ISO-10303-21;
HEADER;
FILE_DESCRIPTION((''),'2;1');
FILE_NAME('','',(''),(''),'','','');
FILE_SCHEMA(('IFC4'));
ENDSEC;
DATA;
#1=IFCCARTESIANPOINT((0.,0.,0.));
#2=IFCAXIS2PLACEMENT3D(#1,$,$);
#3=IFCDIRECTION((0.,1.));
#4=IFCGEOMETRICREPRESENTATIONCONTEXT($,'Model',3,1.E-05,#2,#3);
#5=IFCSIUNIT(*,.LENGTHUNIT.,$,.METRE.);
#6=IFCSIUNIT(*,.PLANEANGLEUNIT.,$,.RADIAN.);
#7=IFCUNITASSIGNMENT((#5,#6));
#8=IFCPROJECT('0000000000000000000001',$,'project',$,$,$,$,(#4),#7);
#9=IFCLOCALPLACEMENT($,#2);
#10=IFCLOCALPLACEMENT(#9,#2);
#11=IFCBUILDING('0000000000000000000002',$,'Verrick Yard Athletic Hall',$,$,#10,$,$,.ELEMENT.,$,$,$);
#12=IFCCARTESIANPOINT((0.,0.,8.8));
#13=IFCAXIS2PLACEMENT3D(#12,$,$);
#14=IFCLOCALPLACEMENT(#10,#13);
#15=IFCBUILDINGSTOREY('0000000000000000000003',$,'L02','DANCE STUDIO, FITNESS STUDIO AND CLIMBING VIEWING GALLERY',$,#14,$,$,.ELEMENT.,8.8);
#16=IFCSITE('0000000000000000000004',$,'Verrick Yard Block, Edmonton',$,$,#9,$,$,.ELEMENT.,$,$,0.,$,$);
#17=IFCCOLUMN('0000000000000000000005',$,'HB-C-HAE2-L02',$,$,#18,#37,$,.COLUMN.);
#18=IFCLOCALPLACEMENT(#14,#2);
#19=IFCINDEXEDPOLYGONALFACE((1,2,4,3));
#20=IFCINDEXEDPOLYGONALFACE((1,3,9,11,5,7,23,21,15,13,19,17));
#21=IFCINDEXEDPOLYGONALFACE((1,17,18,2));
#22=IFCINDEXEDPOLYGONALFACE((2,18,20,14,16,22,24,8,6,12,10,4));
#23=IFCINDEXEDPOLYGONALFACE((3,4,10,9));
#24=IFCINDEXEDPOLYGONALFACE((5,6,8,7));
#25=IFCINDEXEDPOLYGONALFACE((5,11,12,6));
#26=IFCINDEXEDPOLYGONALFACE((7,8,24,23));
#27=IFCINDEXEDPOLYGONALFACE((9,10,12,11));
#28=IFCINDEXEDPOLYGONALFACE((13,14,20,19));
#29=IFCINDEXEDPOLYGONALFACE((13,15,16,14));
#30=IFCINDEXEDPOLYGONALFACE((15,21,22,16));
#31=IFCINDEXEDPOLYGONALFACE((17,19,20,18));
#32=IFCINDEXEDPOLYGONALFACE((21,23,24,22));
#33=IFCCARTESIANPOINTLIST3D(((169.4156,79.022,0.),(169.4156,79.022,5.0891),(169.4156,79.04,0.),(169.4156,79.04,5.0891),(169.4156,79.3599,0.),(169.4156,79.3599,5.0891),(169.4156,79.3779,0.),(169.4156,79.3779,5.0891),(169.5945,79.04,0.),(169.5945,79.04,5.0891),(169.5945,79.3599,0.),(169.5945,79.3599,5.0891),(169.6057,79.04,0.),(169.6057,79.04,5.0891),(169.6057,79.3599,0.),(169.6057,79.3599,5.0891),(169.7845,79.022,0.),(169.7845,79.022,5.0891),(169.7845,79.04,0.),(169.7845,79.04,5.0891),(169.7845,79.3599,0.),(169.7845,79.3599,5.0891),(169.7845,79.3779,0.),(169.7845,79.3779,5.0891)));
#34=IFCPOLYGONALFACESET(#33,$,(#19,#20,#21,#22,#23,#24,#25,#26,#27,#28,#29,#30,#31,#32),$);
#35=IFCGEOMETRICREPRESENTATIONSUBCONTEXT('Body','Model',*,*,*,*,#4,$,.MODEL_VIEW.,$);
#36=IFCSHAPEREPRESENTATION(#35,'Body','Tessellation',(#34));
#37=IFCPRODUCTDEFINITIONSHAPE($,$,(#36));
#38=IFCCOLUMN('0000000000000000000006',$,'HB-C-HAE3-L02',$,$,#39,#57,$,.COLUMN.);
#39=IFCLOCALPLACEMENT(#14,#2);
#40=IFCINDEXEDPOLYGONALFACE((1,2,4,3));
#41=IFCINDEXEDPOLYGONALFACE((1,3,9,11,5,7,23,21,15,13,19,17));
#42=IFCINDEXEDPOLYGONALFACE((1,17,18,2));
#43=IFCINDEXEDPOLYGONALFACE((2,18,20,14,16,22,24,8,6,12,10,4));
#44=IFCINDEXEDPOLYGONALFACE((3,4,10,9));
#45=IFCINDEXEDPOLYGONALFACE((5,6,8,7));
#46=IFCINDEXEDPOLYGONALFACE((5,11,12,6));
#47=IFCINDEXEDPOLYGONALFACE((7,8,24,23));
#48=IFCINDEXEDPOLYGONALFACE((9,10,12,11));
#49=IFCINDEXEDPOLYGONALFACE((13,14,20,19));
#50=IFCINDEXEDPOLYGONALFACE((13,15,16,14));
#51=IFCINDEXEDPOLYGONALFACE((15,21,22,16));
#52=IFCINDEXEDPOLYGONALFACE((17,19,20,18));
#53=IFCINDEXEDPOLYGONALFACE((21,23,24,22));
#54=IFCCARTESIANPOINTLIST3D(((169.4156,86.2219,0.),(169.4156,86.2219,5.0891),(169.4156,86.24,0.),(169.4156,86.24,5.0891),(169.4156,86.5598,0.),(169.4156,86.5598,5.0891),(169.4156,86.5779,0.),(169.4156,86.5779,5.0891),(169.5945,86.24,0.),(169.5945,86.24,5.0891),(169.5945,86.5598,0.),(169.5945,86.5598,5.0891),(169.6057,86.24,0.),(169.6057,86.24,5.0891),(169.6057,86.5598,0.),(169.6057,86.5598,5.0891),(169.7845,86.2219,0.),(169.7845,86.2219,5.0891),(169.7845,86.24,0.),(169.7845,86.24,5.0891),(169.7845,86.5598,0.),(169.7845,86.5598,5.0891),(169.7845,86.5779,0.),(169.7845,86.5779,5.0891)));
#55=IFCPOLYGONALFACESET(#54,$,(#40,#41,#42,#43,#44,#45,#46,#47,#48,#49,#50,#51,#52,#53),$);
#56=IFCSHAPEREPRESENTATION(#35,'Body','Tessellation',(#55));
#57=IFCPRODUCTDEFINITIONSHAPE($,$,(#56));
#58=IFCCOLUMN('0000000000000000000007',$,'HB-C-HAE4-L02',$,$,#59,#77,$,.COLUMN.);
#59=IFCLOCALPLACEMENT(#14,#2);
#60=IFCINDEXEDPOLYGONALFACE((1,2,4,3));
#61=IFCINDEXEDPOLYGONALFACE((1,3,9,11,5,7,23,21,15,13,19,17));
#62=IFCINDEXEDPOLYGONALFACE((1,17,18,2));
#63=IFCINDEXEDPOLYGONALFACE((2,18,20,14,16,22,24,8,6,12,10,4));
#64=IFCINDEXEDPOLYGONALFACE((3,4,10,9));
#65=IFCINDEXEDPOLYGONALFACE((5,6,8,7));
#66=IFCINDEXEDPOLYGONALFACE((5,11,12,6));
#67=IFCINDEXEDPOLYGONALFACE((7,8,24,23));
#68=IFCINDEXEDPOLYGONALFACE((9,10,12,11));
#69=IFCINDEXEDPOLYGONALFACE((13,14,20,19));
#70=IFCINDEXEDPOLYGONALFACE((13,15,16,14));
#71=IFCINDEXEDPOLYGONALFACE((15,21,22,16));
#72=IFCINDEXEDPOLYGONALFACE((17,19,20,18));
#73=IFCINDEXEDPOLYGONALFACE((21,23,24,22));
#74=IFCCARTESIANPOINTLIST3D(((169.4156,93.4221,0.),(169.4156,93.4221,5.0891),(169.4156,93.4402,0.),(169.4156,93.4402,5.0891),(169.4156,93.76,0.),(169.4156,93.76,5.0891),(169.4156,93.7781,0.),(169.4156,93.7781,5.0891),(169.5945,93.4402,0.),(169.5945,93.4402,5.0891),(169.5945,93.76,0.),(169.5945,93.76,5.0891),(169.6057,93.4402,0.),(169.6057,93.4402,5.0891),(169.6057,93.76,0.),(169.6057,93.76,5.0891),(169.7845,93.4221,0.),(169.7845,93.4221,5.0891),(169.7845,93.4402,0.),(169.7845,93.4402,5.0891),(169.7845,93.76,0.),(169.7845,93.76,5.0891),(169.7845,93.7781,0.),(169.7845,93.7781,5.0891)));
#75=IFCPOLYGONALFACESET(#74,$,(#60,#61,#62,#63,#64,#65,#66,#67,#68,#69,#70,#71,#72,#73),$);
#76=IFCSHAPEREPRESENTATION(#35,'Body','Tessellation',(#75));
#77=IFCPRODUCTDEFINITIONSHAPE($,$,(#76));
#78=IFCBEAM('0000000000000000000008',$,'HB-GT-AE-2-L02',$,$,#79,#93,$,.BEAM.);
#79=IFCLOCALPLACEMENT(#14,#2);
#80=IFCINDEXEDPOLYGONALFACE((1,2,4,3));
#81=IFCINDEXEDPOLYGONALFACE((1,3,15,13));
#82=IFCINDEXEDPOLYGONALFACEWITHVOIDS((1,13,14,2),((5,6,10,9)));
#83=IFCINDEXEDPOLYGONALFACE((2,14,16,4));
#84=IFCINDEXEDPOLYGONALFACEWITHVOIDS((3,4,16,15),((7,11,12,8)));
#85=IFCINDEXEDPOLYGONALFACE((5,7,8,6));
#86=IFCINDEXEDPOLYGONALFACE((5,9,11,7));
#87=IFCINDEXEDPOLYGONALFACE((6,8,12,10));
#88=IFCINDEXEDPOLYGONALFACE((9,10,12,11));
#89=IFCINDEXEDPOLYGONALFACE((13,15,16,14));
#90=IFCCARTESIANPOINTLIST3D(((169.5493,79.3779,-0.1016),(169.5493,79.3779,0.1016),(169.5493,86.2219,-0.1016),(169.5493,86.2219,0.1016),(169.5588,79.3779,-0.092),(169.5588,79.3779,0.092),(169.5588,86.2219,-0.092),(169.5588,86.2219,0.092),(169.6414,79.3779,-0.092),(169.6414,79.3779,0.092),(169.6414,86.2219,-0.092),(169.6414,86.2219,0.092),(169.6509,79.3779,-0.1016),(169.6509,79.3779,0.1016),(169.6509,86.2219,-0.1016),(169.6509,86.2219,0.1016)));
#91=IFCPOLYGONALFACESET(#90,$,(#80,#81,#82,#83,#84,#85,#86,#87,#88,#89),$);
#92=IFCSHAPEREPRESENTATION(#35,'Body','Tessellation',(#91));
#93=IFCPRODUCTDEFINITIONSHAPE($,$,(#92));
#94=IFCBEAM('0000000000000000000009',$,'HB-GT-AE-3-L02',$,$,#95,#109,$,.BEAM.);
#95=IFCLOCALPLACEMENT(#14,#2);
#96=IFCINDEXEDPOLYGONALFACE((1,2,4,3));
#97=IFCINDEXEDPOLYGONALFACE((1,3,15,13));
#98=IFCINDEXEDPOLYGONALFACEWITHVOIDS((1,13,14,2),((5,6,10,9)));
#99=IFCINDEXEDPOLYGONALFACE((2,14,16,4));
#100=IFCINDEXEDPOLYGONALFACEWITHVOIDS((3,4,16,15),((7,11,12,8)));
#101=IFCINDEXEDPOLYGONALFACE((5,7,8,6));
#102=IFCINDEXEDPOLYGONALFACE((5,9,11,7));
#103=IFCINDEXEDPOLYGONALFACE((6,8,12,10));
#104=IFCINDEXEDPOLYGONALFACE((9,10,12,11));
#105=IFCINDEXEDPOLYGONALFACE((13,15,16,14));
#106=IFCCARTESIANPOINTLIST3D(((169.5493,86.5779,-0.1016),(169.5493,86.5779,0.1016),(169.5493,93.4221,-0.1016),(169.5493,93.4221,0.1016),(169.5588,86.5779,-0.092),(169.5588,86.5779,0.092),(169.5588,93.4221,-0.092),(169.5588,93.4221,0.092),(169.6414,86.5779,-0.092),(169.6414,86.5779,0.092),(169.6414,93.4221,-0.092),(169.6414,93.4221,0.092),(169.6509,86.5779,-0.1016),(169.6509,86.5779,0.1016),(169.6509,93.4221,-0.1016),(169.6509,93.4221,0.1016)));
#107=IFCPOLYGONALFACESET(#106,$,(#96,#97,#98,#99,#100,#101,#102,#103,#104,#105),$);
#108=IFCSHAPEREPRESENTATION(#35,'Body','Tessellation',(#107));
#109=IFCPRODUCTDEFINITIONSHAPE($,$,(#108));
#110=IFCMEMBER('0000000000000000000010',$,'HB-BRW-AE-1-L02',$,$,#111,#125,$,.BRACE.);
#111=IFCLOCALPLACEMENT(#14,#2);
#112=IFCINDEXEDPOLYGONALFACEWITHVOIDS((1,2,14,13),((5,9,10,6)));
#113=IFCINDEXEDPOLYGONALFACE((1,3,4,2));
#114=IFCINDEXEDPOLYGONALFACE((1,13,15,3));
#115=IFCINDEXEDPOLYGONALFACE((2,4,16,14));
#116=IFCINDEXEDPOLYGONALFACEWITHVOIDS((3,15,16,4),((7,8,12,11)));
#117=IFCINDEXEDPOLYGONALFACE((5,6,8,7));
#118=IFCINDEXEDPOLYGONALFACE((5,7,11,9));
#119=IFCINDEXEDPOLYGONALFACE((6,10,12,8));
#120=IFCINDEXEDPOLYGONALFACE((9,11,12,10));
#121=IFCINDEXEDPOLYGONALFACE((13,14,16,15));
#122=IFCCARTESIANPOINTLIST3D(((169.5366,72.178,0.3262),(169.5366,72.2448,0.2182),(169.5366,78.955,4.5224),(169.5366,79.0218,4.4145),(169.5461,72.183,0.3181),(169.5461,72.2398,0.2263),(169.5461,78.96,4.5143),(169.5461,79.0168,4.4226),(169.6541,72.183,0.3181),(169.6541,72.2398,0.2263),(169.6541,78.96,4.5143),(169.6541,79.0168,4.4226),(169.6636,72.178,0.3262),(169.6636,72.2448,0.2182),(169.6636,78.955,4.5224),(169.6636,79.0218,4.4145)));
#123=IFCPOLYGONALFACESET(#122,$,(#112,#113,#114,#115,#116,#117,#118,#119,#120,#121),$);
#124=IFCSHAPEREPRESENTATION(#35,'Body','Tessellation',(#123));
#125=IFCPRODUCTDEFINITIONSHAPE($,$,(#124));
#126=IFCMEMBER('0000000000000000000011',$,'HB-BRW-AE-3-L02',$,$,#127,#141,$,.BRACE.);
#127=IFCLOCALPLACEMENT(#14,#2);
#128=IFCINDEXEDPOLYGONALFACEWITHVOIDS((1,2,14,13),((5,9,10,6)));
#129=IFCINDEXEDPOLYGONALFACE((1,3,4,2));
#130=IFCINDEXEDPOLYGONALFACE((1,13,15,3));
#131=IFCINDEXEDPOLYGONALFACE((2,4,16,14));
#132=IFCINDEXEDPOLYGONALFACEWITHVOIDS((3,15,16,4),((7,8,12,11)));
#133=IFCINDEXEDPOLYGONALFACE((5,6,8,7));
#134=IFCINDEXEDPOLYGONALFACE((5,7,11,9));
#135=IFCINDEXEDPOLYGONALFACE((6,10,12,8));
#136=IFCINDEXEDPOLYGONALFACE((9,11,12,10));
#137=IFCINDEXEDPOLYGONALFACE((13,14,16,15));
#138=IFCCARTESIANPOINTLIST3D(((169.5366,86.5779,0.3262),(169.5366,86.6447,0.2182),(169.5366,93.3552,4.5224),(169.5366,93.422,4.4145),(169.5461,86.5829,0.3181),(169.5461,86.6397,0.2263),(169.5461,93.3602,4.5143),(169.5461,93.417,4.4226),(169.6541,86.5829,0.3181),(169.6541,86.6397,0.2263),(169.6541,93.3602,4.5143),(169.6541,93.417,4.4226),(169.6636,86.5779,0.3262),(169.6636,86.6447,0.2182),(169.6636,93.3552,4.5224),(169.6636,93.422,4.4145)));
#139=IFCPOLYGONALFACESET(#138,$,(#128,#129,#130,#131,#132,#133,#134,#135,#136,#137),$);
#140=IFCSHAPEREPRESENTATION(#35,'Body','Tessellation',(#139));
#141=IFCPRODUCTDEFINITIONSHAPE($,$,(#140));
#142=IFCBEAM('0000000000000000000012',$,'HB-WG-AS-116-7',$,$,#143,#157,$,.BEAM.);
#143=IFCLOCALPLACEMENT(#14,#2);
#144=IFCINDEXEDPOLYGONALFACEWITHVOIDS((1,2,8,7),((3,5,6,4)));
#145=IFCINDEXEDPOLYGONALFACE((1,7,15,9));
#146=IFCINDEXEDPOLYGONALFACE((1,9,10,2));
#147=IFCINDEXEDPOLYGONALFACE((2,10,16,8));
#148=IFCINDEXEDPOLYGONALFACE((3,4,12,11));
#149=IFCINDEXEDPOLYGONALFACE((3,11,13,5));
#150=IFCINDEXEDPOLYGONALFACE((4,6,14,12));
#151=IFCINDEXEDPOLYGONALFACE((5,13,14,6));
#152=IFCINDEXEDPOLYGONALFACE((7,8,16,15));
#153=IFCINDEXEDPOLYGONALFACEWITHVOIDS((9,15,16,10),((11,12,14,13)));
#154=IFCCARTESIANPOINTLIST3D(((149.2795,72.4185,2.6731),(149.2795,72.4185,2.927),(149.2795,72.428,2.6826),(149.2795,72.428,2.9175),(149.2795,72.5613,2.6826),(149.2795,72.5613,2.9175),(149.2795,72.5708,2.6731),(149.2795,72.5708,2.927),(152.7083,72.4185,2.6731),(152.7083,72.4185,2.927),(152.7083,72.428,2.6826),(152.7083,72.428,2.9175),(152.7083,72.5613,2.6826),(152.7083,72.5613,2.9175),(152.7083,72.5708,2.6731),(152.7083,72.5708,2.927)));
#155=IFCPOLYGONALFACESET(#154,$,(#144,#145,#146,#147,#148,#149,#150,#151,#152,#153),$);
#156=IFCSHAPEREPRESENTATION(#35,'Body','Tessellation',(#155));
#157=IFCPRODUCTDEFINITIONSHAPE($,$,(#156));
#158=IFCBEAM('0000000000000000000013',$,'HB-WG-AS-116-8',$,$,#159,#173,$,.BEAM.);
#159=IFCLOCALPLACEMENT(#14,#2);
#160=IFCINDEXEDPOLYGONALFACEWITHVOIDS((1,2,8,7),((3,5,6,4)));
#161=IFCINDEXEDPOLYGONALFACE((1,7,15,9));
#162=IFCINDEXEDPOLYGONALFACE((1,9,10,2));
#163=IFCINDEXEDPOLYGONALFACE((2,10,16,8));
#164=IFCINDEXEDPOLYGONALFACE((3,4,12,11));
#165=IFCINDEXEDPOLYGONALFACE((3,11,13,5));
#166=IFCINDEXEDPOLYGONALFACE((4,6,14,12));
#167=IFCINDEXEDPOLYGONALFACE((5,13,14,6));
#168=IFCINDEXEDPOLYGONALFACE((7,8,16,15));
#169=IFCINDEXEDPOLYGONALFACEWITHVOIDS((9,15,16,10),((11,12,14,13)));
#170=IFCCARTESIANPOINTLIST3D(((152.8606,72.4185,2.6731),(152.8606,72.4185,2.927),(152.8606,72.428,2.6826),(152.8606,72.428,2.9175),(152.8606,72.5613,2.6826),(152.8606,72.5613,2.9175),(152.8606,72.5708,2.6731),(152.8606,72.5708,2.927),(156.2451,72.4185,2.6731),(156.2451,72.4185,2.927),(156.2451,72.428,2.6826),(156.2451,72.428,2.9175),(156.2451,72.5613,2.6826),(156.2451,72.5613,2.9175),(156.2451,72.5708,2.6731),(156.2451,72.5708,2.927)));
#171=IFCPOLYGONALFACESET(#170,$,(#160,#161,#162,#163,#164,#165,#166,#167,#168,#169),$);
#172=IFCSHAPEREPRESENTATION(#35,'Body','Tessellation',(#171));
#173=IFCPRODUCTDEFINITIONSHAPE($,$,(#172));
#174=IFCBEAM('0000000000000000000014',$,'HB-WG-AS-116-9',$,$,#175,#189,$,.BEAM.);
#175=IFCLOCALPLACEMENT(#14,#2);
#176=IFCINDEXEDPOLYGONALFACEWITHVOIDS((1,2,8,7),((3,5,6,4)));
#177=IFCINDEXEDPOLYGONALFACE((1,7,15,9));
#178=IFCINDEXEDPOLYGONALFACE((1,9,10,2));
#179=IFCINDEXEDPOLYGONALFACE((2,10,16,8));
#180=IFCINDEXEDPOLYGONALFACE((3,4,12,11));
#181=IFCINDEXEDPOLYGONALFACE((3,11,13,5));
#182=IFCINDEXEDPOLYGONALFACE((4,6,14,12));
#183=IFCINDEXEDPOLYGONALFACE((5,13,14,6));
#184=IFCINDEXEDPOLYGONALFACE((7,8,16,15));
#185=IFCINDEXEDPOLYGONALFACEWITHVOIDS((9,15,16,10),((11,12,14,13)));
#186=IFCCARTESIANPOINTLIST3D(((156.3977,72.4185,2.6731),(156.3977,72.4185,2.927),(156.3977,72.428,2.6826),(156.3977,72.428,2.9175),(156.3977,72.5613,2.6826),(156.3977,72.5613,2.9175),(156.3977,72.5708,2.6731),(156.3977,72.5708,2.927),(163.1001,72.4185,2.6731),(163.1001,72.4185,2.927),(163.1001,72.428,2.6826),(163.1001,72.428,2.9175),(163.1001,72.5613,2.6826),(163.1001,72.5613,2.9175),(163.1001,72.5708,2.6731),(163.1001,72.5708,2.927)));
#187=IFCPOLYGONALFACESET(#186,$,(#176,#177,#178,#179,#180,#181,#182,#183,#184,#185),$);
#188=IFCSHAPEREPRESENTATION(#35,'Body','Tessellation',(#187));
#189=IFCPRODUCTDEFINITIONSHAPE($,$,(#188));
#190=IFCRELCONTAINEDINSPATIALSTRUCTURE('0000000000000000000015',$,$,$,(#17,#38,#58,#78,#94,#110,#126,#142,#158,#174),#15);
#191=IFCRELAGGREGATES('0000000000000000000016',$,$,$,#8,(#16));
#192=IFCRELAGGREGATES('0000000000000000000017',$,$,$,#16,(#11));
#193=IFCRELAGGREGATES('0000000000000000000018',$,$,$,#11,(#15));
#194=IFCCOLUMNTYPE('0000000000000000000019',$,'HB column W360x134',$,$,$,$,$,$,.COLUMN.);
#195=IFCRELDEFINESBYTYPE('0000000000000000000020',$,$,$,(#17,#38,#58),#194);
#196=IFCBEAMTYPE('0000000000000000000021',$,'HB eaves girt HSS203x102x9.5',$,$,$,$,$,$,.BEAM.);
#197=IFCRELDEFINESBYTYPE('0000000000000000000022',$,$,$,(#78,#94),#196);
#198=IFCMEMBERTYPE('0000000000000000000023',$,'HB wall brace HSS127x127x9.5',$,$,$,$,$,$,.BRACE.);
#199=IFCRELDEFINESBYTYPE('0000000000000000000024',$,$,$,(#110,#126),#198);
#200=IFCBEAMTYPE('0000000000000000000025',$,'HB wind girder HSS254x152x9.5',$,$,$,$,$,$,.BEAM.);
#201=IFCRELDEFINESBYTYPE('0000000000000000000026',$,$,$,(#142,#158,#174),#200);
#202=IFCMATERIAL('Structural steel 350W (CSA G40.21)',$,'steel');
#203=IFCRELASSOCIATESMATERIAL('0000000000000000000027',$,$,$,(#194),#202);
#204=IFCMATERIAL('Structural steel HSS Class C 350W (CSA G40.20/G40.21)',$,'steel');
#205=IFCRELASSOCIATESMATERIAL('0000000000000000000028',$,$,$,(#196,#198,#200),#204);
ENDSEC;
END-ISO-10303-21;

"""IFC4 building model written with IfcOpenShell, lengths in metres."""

from ifc_helpers import new_model, si_unit, direction, frame, origin, origin_2d, place, context, subcontext, project, spatial, hollow_rectangle, i_section, extrude, material, material_profile, profile_set, type_object, element, save


model = new_model("IFC4")

# Units and contexts
model_context = context("Model", 3, precision=1e-05, world=origin(), true_north=direction((0.0, 1.0)))
body_context = subcontext(model_context, "Body", "Model", "MODEL_VIEW")
ifc_project = project(units=[si_unit("LENGTHUNIT", "METRE"), si_unit("PLANEANGLEUNIT", "RADIAN")], contexts=[model_context])

# Site, building, storey
site_placement = place(None, origin())
site = spatial("IfcSite", under=ifc_project, at=site_placement, Name="Verrick Yard Block, Edmonton", CompositionType="ELEMENT", RefElevation=0.0)
building_placement = place(site_placement, origin())
building = spatial("IfcBuilding", under=site, at=building_placement, Name="Verrick Yard Athletic Hall", CompositionType="ELEMENT")
storey_placement = place(building_placement, frame((0.0, 0.0, 8.8)))
storey = spatial("IfcBuildingStorey", under=building, at=storey_placement, Name="L02", Description="DANCE STUDIO, FITNESS STUDIO AND CLIMBING VIEWING GALLERY", CompositionType="ELEMENT", Elevation=8.8)

# Columns
ifc_material_1 = material(Name="Structural steel 350W (CSA G40.21)", Category="steel")
ifc_material_profile_1 = material_profile(ifc_material_1, i_section(OverallWidth=0.3689, OverallDepth=0.356, WebThickness=0.0112, FlangeThickness=0.0181, at=origin_2d()), Name="W360x134")
ifc_profile_set_1 = profile_set([ifc_material_profile_1], Name="Structural steel 350W (CSA G40.21)")
column_type = type_object("IfcColumnType", Name="HB column W360x134", PredefinedType="COLUMN", material=ifc_profile_set_1)
for number, where, z_axis, x_axis, name in (
    (1, (169.6001, 79.2, 0.0), (0.0, 0.0, 1.0), (1.0, 0.0, 0.0), "HB-C-HAE2-L02"),
    (2, (169.6001, 86.3999, 0.0), (0.0, 0.0, 1.0), (1.0, 0.0, 0.0), "HB-C-HAE3-L02"),
    (3, (169.6001, 93.6001, 0.0), (0.0, 0.0, 1.0), (1.0, 0.0, 0.0), "HB-C-HAE4-L02"),
):
    element("IfcColumn", number, at=place(storey_placement, frame(where, z_axis=z_axis, x_axis=x_axis)), inside=storey, type_object=column_type, Name=name, PredefinedType="COLUMN", context=body_context, shape_type="SweptSolid", body=[
        extrude(i_section(OverallWidth=0.3689, OverallDepth=0.356, WebThickness=0.0112, FlangeThickness=0.0181, at=origin_2d()), origin(), (0.0, 0.0, 1.0), 5.0891),
    ])

# Beams
ifc_material_2 = material(Name="Structural steel HSS Class C 350W (CSA G40.20/G40.21)", Category="steel")
ifc_material_profile_2 = material_profile(ifc_material_2, hollow_rectangle(XDim=0.1016, YDim=0.2031, WallThickness=0.0095, at=origin_2d()), Name="HSS203x102x9.5")
ifc_profile_set_2 = profile_set([ifc_material_profile_2], Name="Structural steel HSS Class C 350W (CSA G40.20/G40.21)")
beam_type_1 = type_object("IfcBeamType", Name="HB eaves girt HSS203x102x9.5", PredefinedType="BEAM", material=ifc_profile_set_2)
beam_1_placement = place(storey_placement, frame((169.6001, 79.3779, 0.0), z_axis=(0.0, 1.0, 0.0), x_axis=(-1.0, 0.0, 0.0)))
element("IfcBeam", 4, at=beam_1_placement, inside=storey, type_object=beam_type_1, Name="HB-GT-AE-2-L02", PredefinedType="BEAM", context=body_context, shape_type="SweptSolid", body=[
    extrude(hollow_rectangle(XDim=0.1016, YDim=0.2031, WallThickness=0.0095, at=origin_2d()), origin(), (0.0, 0.0, 1.0), 6.844),
])
beam_2_placement = place(storey_placement, frame((169.6001, 86.5779, 0.0), z_axis=(0.0, 1.0, 0.0), x_axis=(-1.0, 0.0, 0.0)))
element("IfcBeam", 5, at=beam_2_placement, inside=storey, type_object=beam_type_1, Name="HB-GT-AE-3-L02", PredefinedType="BEAM", context=body_context, shape_type="SweptSolid", body=[
    extrude(hollow_rectangle(XDim=0.1016, YDim=0.2031, WallThickness=0.0095, at=origin_2d()), origin(), (0.0, 0.0, 1.0), 6.8442),
])

# Members
ifc_material_profile_3 = material_profile(ifc_material_2, hollow_rectangle(XDim=0.127, YDim=0.127, WallThickness=0.0095, at=origin_2d()), Name="HSS127x127x9.5")
ifc_profile_set_3 = profile_set([ifc_material_profile_3], Name="Structural steel HSS Class C 350W (CSA G40.20/G40.21)")
member_type = type_object("IfcMemberType", Name="HB wall brace HSS127x127x9.5", PredefinedType="BRACE", material=ifc_profile_set_3)
member_1_placement = place(storey_placement, frame((169.6001, 72.2114, 0.2722), z_axis=(0.0, 0.850212, 0.52644), x_axis=(-1.0, 0.0, 0.0)))
element("IfcMember", 6, at=member_1_placement, inside=storey, type_object=member_type, Name="HB-BRW-AE-1-L02", PredefinedType="BRACE", context=body_context, shape_type="SweptSolid", body=[
    extrude(hollow_rectangle(XDim=0.127, YDim=0.127, WallThickness=0.0095, at=origin_2d()), origin(), (0.0, 0.0, 1.0), 7.9709),
])
member_2_placement = place(storey_placement, frame((169.6001, 86.6113, 0.2722), z_axis=(0.0, 0.850221, 0.526426), x_axis=(-1.0, 0.0, 0.0)))
element("IfcMember", 7, at=member_2_placement, inside=storey, type_object=member_type, Name="HB-BRW-AE-3-L02", PredefinedType="BRACE", context=body_context, shape_type="SweptSolid", body=[
    extrude(hollow_rectangle(XDim=0.127, YDim=0.127, WallThickness=0.0095, at=origin_2d()), origin(), (0.0, 0.0, 1.0), 7.9712),
])

# Beams
ifc_material_profile_4 = material_profile(ifc_material_2, hollow_rectangle(XDim=0.1523, YDim=0.2539, WallThickness=0.0095, at=origin_2d()), Name="HSS254x152x9.5")
ifc_profile_set_4 = profile_set([ifc_material_profile_4], Name="Structural steel HSS Class C 350W (CSA G40.20/G40.21)")
beam_type_2 = type_object("IfcBeamType", Name="HB wind girder HSS254x152x9.5", PredefinedType="BEAM", material=ifc_profile_set_4)
beam_3_placement = place(storey_placement, frame((149.2795, 72.4946, 2.8), z_axis=(1.0, 0.0, 0.0), x_axis=(0.0, 1.0, 0.0)))
element("IfcBeam", 8, at=beam_3_placement, inside=storey, type_object=beam_type_2, Name="HB-WG-AS-116-7", PredefinedType="BEAM", context=body_context, shape_type="SweptSolid", body=[
    extrude(hollow_rectangle(XDim=0.1523, YDim=0.2539, WallThickness=0.0095, at=origin_2d()), origin(), (0.0, 0.0, 1.0), 3.4287),
])
beam_4_placement = place(storey_placement, frame((152.8606, 72.4946, 2.8), z_axis=(1.0, 0.0, 0.0), x_axis=(0.0, 1.0, 0.0)))
element("IfcBeam", 9, at=beam_4_placement, inside=storey, type_object=beam_type_2, Name="HB-WG-AS-116-8", PredefinedType="BEAM", context=body_context, shape_type="SweptSolid", body=[
    extrude(hollow_rectangle(XDim=0.1523, YDim=0.2539, WallThickness=0.0095, at=origin_2d()), origin(), (0.0, 0.0, 1.0), 3.3845),
])
beam_5_placement = place(storey_placement, frame((156.3977, 72.4946, 2.8), z_axis=(1.0, 0.0, 0.0), x_axis=(0.0, 1.0, 0.0)))
element("IfcBeam", 10, at=beam_5_placement, inside=storey, type_object=beam_type_2, Name="HB-WG-AS-116-9", PredefinedType="BEAM", context=body_context, shape_type="SweptSolid", body=[
    extrude(hollow_rectangle(XDim=0.1523, YDim=0.2539, WallThickness=0.0095, at=origin_2d()), origin(), (0.0, 0.0, 1.0), 6.7024),
])

save(model, "model.ifc")
